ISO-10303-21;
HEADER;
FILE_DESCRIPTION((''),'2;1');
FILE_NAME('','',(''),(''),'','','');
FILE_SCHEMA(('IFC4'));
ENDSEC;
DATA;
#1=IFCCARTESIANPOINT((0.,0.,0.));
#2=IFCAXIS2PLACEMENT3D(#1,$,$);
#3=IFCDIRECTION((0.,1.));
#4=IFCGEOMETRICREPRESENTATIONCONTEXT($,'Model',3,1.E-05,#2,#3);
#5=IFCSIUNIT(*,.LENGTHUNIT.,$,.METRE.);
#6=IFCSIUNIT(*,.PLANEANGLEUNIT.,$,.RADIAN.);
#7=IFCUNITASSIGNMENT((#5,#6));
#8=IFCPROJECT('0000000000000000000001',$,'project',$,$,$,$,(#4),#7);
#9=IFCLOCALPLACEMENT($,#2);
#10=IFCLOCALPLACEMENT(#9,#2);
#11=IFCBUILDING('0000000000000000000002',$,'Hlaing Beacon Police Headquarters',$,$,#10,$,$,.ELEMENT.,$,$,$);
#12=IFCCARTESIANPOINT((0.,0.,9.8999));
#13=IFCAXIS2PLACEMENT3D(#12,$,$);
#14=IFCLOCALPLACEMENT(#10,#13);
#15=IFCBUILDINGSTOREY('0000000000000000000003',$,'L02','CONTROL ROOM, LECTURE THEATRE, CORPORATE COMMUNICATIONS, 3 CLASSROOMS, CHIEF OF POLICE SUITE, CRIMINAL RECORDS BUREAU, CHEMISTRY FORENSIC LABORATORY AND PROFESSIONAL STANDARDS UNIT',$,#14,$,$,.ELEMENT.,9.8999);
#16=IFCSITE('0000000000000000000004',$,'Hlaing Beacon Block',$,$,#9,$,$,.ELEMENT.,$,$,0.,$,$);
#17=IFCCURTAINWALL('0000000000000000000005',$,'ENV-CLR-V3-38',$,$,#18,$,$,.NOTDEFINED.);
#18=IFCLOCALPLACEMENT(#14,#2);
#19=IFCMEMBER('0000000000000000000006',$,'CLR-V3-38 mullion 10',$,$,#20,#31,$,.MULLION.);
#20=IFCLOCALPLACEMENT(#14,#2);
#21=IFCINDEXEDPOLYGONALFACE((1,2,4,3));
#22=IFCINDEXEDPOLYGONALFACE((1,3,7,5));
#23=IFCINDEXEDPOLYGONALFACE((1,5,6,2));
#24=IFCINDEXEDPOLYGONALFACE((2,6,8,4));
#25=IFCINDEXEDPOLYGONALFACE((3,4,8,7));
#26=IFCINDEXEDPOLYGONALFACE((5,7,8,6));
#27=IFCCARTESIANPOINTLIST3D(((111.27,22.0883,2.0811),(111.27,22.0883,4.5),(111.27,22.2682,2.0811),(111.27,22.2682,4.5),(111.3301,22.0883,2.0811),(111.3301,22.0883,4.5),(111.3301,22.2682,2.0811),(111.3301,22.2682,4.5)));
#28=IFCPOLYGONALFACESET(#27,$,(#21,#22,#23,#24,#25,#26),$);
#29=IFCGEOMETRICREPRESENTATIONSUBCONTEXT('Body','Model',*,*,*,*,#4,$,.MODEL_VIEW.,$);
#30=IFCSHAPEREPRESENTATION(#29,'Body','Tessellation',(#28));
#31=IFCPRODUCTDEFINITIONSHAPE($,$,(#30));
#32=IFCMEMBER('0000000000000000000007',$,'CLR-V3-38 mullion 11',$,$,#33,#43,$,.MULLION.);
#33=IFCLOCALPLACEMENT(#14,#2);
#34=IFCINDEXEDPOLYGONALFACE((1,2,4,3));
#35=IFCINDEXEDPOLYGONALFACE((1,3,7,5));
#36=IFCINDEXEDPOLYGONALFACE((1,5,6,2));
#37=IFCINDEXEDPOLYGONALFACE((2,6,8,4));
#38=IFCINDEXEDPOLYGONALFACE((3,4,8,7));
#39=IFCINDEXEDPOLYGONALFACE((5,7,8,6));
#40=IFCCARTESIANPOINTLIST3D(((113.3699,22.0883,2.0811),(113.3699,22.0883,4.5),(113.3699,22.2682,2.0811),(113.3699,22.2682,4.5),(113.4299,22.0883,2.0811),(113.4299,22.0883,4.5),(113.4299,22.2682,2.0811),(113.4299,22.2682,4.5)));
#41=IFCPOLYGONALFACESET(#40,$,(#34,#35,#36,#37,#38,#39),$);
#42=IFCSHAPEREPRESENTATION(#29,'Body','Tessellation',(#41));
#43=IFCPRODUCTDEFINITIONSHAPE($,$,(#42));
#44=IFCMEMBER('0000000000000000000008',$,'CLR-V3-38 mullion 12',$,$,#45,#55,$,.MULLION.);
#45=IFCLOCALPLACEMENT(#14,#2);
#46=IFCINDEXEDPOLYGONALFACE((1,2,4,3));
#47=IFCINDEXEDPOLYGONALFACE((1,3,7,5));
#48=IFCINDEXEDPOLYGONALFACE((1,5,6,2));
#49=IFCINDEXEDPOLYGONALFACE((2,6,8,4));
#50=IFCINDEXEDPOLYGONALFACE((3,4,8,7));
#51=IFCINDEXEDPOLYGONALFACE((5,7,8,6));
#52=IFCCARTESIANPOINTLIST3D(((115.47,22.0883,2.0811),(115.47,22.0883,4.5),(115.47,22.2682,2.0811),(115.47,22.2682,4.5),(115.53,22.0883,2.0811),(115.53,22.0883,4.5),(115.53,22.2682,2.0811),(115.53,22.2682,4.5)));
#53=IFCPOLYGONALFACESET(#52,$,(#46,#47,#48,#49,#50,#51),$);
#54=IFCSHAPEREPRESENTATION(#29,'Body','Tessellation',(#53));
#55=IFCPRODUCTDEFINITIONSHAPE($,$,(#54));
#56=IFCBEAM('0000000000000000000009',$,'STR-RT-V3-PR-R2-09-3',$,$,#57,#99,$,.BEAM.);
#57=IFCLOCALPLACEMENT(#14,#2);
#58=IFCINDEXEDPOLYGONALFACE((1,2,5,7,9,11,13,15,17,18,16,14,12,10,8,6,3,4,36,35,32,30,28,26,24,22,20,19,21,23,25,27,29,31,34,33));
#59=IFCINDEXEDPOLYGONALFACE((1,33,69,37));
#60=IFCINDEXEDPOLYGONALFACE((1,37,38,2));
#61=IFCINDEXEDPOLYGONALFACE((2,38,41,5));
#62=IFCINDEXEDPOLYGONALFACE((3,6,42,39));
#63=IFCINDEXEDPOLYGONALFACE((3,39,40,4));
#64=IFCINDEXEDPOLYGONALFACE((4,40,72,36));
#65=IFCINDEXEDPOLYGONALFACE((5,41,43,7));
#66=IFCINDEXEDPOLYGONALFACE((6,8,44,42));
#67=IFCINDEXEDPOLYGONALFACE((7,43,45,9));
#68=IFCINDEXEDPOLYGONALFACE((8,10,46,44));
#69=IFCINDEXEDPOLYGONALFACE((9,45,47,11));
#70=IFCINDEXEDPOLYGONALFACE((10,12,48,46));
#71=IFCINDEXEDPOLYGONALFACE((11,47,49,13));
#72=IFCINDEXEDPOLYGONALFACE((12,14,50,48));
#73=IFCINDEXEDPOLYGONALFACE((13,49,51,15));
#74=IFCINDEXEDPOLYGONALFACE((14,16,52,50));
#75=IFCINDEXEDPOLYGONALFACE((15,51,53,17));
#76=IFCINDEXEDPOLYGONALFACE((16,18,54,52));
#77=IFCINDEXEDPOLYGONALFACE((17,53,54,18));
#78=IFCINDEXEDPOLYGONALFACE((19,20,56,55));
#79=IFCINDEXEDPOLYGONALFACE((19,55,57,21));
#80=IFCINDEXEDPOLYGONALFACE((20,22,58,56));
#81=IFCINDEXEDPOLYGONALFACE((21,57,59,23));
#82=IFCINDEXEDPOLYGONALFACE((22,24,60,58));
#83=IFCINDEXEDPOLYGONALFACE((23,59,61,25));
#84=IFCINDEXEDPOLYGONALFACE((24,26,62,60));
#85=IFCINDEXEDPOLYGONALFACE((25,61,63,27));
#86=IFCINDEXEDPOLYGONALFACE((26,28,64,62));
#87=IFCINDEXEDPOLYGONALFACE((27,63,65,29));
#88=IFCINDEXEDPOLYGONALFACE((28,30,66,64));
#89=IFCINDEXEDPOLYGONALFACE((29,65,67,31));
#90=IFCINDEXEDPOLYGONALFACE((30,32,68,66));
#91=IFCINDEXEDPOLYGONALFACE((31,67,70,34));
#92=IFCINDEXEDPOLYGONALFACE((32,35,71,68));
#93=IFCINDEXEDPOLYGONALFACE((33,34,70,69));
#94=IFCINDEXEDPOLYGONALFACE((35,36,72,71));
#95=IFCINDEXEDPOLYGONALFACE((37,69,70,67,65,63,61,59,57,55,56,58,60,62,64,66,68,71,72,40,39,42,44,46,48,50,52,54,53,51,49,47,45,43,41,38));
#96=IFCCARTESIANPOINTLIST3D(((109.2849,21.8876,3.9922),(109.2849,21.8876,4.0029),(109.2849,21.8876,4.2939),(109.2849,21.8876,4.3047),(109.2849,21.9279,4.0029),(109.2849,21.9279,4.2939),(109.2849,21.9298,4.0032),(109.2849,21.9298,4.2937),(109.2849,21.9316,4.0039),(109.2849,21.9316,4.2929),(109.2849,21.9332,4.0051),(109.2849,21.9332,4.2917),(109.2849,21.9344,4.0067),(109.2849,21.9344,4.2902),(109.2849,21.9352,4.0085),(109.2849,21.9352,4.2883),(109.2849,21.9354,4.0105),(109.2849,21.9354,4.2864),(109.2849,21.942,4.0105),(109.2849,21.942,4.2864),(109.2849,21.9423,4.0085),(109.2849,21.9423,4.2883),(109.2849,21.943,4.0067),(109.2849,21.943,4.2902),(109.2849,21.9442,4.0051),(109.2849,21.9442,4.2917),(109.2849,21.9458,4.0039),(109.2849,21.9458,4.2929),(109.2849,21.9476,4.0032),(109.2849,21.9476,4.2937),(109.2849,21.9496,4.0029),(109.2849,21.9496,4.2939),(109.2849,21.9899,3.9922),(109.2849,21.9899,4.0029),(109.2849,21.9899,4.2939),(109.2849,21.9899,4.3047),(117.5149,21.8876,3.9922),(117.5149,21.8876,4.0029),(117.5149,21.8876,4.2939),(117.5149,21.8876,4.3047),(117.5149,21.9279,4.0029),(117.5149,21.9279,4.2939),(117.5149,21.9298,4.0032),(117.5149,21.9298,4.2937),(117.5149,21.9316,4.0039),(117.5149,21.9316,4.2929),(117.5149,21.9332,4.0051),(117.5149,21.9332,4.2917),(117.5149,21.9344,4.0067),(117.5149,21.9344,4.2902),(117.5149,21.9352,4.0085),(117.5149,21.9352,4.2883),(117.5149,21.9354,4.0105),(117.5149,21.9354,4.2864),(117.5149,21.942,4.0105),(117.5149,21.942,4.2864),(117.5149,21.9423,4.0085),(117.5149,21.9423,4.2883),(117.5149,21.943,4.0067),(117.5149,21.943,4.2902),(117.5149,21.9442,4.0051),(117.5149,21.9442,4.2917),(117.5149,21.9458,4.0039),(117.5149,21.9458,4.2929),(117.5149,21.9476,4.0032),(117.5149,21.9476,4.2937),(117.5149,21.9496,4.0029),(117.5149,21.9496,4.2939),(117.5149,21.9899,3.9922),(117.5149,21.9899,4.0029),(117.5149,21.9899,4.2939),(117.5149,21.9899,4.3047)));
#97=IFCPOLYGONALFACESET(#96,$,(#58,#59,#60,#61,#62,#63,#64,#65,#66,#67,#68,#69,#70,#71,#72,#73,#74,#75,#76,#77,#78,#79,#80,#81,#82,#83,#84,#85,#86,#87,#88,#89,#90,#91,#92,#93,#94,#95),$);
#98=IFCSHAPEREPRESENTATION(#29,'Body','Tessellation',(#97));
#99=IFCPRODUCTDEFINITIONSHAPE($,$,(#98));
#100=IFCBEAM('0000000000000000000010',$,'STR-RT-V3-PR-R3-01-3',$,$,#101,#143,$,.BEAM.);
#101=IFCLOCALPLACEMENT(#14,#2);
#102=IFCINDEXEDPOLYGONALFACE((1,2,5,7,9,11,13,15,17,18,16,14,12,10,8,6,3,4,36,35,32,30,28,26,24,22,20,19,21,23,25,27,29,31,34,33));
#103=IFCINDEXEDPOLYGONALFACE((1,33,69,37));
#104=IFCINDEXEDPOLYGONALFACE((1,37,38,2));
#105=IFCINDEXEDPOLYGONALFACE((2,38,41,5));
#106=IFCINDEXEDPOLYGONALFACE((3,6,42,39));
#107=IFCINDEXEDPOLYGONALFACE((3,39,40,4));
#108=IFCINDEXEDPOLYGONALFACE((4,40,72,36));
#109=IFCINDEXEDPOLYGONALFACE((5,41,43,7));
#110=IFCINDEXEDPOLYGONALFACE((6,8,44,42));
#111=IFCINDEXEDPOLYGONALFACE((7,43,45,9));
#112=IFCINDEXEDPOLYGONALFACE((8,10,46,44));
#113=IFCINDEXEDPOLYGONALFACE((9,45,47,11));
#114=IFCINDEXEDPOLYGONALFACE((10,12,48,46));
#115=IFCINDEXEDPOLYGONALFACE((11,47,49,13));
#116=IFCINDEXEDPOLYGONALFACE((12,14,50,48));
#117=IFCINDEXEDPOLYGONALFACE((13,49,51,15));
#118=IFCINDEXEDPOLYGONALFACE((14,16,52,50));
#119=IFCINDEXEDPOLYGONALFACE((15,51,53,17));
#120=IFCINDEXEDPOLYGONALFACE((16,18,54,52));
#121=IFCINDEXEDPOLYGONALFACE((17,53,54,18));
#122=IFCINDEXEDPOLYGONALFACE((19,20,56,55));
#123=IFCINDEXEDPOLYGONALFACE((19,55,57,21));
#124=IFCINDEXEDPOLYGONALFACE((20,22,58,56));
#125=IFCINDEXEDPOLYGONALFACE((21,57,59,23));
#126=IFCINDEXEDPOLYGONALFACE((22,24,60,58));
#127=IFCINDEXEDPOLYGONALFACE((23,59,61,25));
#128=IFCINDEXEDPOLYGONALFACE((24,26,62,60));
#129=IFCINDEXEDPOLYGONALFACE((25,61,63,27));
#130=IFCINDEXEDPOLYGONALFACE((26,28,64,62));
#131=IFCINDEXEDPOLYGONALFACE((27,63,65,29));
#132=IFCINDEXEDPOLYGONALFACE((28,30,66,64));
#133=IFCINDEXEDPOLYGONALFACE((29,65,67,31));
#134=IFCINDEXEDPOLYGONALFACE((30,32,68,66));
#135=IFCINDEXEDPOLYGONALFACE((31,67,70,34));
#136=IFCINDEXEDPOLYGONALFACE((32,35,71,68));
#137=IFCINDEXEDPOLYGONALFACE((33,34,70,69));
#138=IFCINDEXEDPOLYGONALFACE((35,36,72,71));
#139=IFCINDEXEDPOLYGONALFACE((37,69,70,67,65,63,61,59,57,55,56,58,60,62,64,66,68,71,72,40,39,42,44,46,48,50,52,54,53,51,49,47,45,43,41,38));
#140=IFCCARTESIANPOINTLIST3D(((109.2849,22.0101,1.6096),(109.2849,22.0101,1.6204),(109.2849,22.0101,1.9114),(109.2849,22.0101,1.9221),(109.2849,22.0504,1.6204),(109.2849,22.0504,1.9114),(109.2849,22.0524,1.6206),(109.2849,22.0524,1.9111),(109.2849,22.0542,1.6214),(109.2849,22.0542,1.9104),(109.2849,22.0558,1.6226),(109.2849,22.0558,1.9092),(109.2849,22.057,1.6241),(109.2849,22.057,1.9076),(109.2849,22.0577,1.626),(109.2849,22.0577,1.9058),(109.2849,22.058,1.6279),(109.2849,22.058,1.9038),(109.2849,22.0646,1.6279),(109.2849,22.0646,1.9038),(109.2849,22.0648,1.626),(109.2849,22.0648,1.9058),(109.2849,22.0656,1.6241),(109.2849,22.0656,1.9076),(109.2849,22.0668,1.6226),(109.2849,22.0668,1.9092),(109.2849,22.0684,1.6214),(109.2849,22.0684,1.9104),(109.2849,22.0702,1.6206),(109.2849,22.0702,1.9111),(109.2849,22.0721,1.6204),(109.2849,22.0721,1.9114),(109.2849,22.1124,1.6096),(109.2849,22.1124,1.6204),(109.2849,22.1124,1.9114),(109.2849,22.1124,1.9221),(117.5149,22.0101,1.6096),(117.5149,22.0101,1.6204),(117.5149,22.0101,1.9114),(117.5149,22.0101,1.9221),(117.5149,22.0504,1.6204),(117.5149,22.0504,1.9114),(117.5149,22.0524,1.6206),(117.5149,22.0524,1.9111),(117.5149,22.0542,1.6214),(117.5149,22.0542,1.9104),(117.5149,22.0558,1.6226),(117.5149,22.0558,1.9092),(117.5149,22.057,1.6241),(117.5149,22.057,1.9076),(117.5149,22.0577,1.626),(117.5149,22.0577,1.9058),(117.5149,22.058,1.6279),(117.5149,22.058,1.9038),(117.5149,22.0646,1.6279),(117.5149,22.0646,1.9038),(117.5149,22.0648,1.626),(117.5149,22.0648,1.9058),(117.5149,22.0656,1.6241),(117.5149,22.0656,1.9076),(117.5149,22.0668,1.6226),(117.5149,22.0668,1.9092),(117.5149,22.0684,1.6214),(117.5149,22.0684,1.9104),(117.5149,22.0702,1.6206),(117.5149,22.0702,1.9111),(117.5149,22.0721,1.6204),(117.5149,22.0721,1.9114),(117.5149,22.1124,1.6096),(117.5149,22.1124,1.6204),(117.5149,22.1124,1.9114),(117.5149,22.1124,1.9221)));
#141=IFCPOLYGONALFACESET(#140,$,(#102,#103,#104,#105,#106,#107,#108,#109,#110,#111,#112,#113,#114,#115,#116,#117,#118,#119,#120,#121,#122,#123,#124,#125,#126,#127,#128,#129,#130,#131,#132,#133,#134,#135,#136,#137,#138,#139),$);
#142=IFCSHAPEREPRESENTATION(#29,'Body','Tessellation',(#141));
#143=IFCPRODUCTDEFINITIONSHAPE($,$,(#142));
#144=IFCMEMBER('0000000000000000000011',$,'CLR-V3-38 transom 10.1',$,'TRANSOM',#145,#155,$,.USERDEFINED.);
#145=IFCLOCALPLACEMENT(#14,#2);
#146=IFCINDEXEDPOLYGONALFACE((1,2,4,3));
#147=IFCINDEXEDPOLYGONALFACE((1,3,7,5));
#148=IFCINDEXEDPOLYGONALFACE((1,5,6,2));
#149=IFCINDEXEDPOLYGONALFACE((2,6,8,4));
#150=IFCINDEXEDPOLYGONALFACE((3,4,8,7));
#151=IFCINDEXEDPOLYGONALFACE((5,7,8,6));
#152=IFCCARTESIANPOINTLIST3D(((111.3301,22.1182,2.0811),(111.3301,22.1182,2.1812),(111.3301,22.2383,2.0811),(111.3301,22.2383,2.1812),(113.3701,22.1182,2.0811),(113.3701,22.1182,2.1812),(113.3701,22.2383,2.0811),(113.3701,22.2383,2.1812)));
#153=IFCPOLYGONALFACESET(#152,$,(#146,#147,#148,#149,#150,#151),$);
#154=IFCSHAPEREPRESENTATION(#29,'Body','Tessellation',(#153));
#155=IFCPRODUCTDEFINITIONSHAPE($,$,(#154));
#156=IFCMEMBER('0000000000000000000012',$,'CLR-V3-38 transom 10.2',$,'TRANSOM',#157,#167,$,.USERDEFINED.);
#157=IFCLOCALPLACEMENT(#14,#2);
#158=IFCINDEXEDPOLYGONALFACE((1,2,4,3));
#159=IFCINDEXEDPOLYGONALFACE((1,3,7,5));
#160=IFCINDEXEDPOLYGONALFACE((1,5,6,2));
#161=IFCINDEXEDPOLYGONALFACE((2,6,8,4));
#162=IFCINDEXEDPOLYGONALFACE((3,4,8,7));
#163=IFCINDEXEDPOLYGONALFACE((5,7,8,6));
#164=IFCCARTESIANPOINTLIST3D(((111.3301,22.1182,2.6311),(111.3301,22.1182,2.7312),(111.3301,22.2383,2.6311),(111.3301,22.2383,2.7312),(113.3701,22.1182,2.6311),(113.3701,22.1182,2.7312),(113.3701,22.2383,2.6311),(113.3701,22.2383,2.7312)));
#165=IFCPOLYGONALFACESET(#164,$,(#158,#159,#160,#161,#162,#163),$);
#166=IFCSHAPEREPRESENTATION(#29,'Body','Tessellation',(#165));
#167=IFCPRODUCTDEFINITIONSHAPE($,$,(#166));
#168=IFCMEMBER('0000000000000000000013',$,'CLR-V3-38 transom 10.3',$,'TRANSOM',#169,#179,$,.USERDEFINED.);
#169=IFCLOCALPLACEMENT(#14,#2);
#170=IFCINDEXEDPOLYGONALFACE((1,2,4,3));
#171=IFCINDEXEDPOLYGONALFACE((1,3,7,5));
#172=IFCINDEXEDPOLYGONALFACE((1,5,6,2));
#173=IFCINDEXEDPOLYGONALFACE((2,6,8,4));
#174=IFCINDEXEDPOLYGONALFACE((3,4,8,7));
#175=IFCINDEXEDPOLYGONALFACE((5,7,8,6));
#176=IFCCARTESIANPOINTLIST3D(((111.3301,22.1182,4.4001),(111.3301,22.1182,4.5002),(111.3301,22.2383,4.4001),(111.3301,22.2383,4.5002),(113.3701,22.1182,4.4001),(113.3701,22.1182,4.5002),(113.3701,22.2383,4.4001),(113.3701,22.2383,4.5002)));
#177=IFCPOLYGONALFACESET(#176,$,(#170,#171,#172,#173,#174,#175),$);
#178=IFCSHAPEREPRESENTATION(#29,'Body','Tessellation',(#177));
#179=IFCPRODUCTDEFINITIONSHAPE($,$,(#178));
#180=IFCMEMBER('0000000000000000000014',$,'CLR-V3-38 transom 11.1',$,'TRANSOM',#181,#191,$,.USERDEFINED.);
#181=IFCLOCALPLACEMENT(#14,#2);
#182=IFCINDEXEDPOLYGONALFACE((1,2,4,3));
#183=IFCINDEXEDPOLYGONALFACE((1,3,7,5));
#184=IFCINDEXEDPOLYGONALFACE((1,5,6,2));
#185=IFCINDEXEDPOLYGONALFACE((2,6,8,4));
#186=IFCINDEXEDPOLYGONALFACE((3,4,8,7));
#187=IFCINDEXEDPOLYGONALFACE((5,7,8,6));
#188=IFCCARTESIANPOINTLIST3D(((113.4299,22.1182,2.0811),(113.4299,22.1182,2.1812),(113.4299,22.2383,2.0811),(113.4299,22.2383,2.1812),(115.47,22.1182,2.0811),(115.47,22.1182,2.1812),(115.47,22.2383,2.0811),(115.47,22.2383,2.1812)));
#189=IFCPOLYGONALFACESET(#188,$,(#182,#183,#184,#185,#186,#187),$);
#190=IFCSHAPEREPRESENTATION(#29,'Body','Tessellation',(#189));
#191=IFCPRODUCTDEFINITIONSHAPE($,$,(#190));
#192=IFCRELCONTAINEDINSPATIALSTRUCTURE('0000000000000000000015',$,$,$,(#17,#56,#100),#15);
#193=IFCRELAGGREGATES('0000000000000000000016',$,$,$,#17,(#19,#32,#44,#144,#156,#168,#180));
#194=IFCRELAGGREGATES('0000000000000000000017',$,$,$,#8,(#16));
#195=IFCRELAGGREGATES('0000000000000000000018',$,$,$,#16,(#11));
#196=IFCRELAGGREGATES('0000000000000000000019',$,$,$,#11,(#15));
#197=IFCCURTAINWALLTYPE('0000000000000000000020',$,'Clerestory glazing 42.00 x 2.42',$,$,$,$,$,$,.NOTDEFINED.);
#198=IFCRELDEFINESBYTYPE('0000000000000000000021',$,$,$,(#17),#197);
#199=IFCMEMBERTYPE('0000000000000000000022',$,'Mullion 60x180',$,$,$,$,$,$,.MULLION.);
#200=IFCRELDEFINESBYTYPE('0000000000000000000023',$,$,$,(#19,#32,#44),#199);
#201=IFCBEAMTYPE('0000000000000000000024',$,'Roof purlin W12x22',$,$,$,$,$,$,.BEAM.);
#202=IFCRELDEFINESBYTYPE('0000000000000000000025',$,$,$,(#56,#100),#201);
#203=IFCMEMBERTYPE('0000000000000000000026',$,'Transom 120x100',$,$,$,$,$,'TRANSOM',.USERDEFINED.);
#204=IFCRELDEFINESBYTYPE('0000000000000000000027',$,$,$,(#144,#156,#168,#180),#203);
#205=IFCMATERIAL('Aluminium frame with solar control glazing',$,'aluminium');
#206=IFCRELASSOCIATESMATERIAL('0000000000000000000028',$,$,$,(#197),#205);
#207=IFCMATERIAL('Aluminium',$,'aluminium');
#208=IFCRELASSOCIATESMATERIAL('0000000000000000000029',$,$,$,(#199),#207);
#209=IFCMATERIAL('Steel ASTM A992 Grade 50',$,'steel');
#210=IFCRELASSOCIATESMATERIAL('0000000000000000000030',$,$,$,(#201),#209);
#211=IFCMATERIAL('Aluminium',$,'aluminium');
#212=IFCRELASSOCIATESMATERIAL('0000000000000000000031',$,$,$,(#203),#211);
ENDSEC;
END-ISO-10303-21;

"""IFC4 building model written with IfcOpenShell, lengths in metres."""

from ifc_helpers import new_model, si_unit, direction, frame, origin, origin_2d, place, context, subcontext, project, spatial, rectangle, i_section, extrude, material, material_profile, profile_set, type_object, element, aggregate, save


model = new_model("IFC4")

# Units and contexts
model_context = context("Model", 3, precision=1e-05, world=origin(), true_north=direction((0.0, 1.0)))
body_context = subcontext(model_context, "Body", "Model", "MODEL_VIEW")
ifc_project = project(units=[si_unit("LENGTHUNIT", "METRE"), si_unit("PLANEANGLEUNIT", "RADIAN")], contexts=[model_context])

# Site, building, storey
site_placement = place(None, origin())
site = spatial("IfcSite", under=ifc_project, at=site_placement, Name="Hlaing Beacon Block", CompositionType="ELEMENT", RefElevation=0.0)
building_placement = place(site_placement, origin())
building = spatial("IfcBuilding", under=site, at=building_placement, Name="Hlaing Beacon Police Headquarters", CompositionType="ELEMENT")
storey_placement = place(building_placement, frame((0.0, 0.0, 9.8999)))
storey = spatial("IfcBuildingStorey", under=building, at=storey_placement, Name="L02", Description="CONTROL ROOM, LECTURE THEATRE, CORPORATE COMMUNICATIONS, 3 CLASSROOMS, CHIEF OF POLICE SUITE, CRIMINAL RECORDS BUREAU, CHEMISTRY FORENSIC LABORATORY AND PROFESSIONAL STANDARDS UNIT", CompositionType="ELEMENT", Elevation=9.8999)

# Curtain wall, members
ifc_material_1 = material(Name="Aluminium frame with solar control glazing", Category="aluminium")
curtain_wall_type = type_object("IfcCurtainWallType", Name="Clerestory glazing 42.00 x 2.42", PredefinedType="NOTDEFINED", material=ifc_material_1)
curtain_wall_placement = place(storey_placement, origin())
curtain_wall = element("IfcCurtainWall", 1, at=curtain_wall_placement, inside=storey, type_object=curtain_wall_type, Name="ENV-CLR-V3-38", PredefinedType="NOTDEFINED")
ifc_material_2 = material(Name="Aluminium", Category="aluminium")
ifc_material_profile_1 = material_profile(ifc_material_2, rectangle(XDim=0.1799, YDim=0.0601, at=origin_2d()), Name="Mullion 60x180")
ifc_profile_set_1 = profile_set([ifc_material_profile_1], Name="Aluminium")
member_type_1 = type_object("IfcMemberType", Name="Mullion 60x180", PredefinedType="MULLION", material=ifc_profile_set_1)
member_1_placement = place(storey_placement, frame((111.3, 22.1782, 2.0811), z_axis=(0.0, 0.0, 1.0), x_axis=(0.0, 1.0, 0.0)))
member_1 = element("IfcMember", 2, at=member_1_placement, type_object=member_type_1, Name="CLR-V3-38 mullion 10", PredefinedType="MULLION", context=body_context, shape_type="SweptSolid", body=[
    extrude(rectangle(XDim=0.1799, YDim=0.0601, at=origin_2d()), origin(), (0.0, 0.0, 1.0), 2.4189),
])
member_2_placement = place(storey_placement, frame((113.3999, 22.1782, 2.0811), z_axis=(0.0, 0.0, 1.0), x_axis=(0.0, 1.0, 0.0)))
member_2 = element("IfcMember", 3, at=member_2_placement, type_object=member_type_1, Name="CLR-V3-38 mullion 11", PredefinedType="MULLION", context=body_context, shape_type="SweptSolid", body=[
    extrude(rectangle(XDim=0.1799, YDim=0.0601, at=origin_2d()), origin(), (0.0, 0.0, 1.0), 2.4189),
])
member_3_placement = place(storey_placement, frame((115.5, 22.1782, 2.0811), z_axis=(0.0, 0.0, 1.0), x_axis=(0.0, 1.0, 0.0)))
member_3 = element("IfcMember", 4, at=member_3_placement, type_object=member_type_1, Name="CLR-V3-38 mullion 12", PredefinedType="MULLION", context=body_context, shape_type="SweptSolid", body=[
    extrude(rectangle(XDim=0.1799, YDim=0.0601, at=origin_2d()), origin(), (0.0, 0.0, 1.0), 2.4189),
])

# Beams
ifc_material_3 = material(Name="Steel ASTM A992 Grade 50", Category="steel")
ifc_material_profile_2 = material_profile(ifc_material_3, i_section(OverallWidth=0.1023, OverallDepth=0.3125, WebThickness=0.0066, FlangeThickness=0.0107, FilletRadius=0.0076, at=origin_2d()), Name="W12x22")
ifc_profile_set_2 = profile_set([ifc_material_profile_2], Name="Steel ASTM A992 Grade 50")
beam_type = type_object("IfcBeamType", Name="Roof purlin W12x22", PredefinedType="BEAM", material=ifc_profile_set_2)
for number, where, z_axis, x_axis, name in (
    (5, (109.2849, 21.9387, 4.1484), (1.0, 0.0, 0.0), (0.0, 1.0, 0.0), "STR-RT-V3-PR-R2-09-3"),
    (6, (109.2849, 22.0613, 1.7659), (1.0, 0.0, 0.0), (0.0, 1.0, 0.0), "STR-RT-V3-PR-R3-01-3"),
):
    element("IfcBeam", number, at=place(storey_placement, frame(where, z_axis=z_axis, x_axis=x_axis)), inside=storey, type_object=beam_type, Name=name, PredefinedType="BEAM", context=body_context, shape_type="SweptSolid", body=[
        extrude(i_section(OverallWidth=0.1023, OverallDepth=0.3125, WebThickness=0.0066, FlangeThickness=0.0107, FilletRadius=0.0076, at=origin_2d()), origin(), (0.0, 0.0, 1.0), 8.23),
    ])

# Members
ifc_material_4 = material(Name="Aluminium", Category="aluminium")
ifc_material_profile_3 = material_profile(ifc_material_4, rectangle(XDim=0.1201, YDim=0.1001, at=origin_2d()), Name="Transom 120x100")
ifc_profile_set_3 = profile_set([ifc_material_profile_3], Name="Aluminium")
member_type_2 = type_object("IfcMemberType", Name="Transom 120x100", ElementType="TRANSOM", PredefinedType="USERDEFINED", material=ifc_profile_set_3)
member_4_placement = place(storey_placement, frame((111.3301, 22.1782, 2.1311), z_axis=(1.0, 0.0, 0.0), x_axis=(0.0, 1.0, 0.0)))
member_4 = element("IfcMember", 7, at=member_4_placement, type_object=member_type_2, Name="CLR-V3-38 transom 10.1", ObjectType="TRANSOM", PredefinedType="USERDEFINED", context=body_context, shape_type="SweptSolid", body=[
    extrude(rectangle(XDim=0.1201, YDim=0.1001, at=origin_2d()), origin(), (0.0, 0.0, 1.0), 2.04),
])
member_5_placement = place(storey_placement, frame((111.3301, 22.1782, 2.6812), z_axis=(1.0, 0.0, 0.0), x_axis=(0.0, 1.0, 0.0)))
member_5 = element("IfcMember", 8, at=member_5_placement, type_object=member_type_2, Name="CLR-V3-38 transom 10.2", ObjectType="TRANSOM", PredefinedType="USERDEFINED", context=body_context, shape_type="SweptSolid", body=[
    extrude(rectangle(XDim=0.1201, YDim=0.1001, at=origin_2d()), origin(), (0.0, 0.0, 1.0), 2.04),
])
member_6_placement = place(storey_placement, frame((111.3301, 22.1782, 4.4502), z_axis=(1.0, 0.0, 0.0), x_axis=(0.0, 1.0, 0.0)))
member_6 = element("IfcMember", 9, at=member_6_placement, type_object=member_type_2, Name="CLR-V3-38 transom 10.3", ObjectType="TRANSOM", PredefinedType="USERDEFINED", context=body_context, shape_type="SweptSolid", body=[
    extrude(rectangle(XDim=0.1201, YDim=0.1001, at=origin_2d()), origin(), (0.0, 0.0, 1.0), 2.04),
])
member_7_placement = place(storey_placement, frame((113.4299, 22.1782, 2.1311), z_axis=(1.0, 0.0, 0.0), x_axis=(0.0, 1.0, 0.0)))
member_7 = element("IfcMember", 10, at=member_7_placement, type_object=member_type_2, Name="CLR-V3-38 transom 11.1", ObjectType="TRANSOM", PredefinedType="USERDEFINED", context=body_context, shape_type="SweptSolid", body=[
    extrude(rectangle(XDim=0.1201, YDim=0.1001, at=origin_2d()), origin(), (0.0, 0.0, 1.0), 2.04),
])

aggregate(curtain_wall, [member_1, member_2, member_3, member_4, member_5, member_6, member_7])

save(model, "model.ifc")
